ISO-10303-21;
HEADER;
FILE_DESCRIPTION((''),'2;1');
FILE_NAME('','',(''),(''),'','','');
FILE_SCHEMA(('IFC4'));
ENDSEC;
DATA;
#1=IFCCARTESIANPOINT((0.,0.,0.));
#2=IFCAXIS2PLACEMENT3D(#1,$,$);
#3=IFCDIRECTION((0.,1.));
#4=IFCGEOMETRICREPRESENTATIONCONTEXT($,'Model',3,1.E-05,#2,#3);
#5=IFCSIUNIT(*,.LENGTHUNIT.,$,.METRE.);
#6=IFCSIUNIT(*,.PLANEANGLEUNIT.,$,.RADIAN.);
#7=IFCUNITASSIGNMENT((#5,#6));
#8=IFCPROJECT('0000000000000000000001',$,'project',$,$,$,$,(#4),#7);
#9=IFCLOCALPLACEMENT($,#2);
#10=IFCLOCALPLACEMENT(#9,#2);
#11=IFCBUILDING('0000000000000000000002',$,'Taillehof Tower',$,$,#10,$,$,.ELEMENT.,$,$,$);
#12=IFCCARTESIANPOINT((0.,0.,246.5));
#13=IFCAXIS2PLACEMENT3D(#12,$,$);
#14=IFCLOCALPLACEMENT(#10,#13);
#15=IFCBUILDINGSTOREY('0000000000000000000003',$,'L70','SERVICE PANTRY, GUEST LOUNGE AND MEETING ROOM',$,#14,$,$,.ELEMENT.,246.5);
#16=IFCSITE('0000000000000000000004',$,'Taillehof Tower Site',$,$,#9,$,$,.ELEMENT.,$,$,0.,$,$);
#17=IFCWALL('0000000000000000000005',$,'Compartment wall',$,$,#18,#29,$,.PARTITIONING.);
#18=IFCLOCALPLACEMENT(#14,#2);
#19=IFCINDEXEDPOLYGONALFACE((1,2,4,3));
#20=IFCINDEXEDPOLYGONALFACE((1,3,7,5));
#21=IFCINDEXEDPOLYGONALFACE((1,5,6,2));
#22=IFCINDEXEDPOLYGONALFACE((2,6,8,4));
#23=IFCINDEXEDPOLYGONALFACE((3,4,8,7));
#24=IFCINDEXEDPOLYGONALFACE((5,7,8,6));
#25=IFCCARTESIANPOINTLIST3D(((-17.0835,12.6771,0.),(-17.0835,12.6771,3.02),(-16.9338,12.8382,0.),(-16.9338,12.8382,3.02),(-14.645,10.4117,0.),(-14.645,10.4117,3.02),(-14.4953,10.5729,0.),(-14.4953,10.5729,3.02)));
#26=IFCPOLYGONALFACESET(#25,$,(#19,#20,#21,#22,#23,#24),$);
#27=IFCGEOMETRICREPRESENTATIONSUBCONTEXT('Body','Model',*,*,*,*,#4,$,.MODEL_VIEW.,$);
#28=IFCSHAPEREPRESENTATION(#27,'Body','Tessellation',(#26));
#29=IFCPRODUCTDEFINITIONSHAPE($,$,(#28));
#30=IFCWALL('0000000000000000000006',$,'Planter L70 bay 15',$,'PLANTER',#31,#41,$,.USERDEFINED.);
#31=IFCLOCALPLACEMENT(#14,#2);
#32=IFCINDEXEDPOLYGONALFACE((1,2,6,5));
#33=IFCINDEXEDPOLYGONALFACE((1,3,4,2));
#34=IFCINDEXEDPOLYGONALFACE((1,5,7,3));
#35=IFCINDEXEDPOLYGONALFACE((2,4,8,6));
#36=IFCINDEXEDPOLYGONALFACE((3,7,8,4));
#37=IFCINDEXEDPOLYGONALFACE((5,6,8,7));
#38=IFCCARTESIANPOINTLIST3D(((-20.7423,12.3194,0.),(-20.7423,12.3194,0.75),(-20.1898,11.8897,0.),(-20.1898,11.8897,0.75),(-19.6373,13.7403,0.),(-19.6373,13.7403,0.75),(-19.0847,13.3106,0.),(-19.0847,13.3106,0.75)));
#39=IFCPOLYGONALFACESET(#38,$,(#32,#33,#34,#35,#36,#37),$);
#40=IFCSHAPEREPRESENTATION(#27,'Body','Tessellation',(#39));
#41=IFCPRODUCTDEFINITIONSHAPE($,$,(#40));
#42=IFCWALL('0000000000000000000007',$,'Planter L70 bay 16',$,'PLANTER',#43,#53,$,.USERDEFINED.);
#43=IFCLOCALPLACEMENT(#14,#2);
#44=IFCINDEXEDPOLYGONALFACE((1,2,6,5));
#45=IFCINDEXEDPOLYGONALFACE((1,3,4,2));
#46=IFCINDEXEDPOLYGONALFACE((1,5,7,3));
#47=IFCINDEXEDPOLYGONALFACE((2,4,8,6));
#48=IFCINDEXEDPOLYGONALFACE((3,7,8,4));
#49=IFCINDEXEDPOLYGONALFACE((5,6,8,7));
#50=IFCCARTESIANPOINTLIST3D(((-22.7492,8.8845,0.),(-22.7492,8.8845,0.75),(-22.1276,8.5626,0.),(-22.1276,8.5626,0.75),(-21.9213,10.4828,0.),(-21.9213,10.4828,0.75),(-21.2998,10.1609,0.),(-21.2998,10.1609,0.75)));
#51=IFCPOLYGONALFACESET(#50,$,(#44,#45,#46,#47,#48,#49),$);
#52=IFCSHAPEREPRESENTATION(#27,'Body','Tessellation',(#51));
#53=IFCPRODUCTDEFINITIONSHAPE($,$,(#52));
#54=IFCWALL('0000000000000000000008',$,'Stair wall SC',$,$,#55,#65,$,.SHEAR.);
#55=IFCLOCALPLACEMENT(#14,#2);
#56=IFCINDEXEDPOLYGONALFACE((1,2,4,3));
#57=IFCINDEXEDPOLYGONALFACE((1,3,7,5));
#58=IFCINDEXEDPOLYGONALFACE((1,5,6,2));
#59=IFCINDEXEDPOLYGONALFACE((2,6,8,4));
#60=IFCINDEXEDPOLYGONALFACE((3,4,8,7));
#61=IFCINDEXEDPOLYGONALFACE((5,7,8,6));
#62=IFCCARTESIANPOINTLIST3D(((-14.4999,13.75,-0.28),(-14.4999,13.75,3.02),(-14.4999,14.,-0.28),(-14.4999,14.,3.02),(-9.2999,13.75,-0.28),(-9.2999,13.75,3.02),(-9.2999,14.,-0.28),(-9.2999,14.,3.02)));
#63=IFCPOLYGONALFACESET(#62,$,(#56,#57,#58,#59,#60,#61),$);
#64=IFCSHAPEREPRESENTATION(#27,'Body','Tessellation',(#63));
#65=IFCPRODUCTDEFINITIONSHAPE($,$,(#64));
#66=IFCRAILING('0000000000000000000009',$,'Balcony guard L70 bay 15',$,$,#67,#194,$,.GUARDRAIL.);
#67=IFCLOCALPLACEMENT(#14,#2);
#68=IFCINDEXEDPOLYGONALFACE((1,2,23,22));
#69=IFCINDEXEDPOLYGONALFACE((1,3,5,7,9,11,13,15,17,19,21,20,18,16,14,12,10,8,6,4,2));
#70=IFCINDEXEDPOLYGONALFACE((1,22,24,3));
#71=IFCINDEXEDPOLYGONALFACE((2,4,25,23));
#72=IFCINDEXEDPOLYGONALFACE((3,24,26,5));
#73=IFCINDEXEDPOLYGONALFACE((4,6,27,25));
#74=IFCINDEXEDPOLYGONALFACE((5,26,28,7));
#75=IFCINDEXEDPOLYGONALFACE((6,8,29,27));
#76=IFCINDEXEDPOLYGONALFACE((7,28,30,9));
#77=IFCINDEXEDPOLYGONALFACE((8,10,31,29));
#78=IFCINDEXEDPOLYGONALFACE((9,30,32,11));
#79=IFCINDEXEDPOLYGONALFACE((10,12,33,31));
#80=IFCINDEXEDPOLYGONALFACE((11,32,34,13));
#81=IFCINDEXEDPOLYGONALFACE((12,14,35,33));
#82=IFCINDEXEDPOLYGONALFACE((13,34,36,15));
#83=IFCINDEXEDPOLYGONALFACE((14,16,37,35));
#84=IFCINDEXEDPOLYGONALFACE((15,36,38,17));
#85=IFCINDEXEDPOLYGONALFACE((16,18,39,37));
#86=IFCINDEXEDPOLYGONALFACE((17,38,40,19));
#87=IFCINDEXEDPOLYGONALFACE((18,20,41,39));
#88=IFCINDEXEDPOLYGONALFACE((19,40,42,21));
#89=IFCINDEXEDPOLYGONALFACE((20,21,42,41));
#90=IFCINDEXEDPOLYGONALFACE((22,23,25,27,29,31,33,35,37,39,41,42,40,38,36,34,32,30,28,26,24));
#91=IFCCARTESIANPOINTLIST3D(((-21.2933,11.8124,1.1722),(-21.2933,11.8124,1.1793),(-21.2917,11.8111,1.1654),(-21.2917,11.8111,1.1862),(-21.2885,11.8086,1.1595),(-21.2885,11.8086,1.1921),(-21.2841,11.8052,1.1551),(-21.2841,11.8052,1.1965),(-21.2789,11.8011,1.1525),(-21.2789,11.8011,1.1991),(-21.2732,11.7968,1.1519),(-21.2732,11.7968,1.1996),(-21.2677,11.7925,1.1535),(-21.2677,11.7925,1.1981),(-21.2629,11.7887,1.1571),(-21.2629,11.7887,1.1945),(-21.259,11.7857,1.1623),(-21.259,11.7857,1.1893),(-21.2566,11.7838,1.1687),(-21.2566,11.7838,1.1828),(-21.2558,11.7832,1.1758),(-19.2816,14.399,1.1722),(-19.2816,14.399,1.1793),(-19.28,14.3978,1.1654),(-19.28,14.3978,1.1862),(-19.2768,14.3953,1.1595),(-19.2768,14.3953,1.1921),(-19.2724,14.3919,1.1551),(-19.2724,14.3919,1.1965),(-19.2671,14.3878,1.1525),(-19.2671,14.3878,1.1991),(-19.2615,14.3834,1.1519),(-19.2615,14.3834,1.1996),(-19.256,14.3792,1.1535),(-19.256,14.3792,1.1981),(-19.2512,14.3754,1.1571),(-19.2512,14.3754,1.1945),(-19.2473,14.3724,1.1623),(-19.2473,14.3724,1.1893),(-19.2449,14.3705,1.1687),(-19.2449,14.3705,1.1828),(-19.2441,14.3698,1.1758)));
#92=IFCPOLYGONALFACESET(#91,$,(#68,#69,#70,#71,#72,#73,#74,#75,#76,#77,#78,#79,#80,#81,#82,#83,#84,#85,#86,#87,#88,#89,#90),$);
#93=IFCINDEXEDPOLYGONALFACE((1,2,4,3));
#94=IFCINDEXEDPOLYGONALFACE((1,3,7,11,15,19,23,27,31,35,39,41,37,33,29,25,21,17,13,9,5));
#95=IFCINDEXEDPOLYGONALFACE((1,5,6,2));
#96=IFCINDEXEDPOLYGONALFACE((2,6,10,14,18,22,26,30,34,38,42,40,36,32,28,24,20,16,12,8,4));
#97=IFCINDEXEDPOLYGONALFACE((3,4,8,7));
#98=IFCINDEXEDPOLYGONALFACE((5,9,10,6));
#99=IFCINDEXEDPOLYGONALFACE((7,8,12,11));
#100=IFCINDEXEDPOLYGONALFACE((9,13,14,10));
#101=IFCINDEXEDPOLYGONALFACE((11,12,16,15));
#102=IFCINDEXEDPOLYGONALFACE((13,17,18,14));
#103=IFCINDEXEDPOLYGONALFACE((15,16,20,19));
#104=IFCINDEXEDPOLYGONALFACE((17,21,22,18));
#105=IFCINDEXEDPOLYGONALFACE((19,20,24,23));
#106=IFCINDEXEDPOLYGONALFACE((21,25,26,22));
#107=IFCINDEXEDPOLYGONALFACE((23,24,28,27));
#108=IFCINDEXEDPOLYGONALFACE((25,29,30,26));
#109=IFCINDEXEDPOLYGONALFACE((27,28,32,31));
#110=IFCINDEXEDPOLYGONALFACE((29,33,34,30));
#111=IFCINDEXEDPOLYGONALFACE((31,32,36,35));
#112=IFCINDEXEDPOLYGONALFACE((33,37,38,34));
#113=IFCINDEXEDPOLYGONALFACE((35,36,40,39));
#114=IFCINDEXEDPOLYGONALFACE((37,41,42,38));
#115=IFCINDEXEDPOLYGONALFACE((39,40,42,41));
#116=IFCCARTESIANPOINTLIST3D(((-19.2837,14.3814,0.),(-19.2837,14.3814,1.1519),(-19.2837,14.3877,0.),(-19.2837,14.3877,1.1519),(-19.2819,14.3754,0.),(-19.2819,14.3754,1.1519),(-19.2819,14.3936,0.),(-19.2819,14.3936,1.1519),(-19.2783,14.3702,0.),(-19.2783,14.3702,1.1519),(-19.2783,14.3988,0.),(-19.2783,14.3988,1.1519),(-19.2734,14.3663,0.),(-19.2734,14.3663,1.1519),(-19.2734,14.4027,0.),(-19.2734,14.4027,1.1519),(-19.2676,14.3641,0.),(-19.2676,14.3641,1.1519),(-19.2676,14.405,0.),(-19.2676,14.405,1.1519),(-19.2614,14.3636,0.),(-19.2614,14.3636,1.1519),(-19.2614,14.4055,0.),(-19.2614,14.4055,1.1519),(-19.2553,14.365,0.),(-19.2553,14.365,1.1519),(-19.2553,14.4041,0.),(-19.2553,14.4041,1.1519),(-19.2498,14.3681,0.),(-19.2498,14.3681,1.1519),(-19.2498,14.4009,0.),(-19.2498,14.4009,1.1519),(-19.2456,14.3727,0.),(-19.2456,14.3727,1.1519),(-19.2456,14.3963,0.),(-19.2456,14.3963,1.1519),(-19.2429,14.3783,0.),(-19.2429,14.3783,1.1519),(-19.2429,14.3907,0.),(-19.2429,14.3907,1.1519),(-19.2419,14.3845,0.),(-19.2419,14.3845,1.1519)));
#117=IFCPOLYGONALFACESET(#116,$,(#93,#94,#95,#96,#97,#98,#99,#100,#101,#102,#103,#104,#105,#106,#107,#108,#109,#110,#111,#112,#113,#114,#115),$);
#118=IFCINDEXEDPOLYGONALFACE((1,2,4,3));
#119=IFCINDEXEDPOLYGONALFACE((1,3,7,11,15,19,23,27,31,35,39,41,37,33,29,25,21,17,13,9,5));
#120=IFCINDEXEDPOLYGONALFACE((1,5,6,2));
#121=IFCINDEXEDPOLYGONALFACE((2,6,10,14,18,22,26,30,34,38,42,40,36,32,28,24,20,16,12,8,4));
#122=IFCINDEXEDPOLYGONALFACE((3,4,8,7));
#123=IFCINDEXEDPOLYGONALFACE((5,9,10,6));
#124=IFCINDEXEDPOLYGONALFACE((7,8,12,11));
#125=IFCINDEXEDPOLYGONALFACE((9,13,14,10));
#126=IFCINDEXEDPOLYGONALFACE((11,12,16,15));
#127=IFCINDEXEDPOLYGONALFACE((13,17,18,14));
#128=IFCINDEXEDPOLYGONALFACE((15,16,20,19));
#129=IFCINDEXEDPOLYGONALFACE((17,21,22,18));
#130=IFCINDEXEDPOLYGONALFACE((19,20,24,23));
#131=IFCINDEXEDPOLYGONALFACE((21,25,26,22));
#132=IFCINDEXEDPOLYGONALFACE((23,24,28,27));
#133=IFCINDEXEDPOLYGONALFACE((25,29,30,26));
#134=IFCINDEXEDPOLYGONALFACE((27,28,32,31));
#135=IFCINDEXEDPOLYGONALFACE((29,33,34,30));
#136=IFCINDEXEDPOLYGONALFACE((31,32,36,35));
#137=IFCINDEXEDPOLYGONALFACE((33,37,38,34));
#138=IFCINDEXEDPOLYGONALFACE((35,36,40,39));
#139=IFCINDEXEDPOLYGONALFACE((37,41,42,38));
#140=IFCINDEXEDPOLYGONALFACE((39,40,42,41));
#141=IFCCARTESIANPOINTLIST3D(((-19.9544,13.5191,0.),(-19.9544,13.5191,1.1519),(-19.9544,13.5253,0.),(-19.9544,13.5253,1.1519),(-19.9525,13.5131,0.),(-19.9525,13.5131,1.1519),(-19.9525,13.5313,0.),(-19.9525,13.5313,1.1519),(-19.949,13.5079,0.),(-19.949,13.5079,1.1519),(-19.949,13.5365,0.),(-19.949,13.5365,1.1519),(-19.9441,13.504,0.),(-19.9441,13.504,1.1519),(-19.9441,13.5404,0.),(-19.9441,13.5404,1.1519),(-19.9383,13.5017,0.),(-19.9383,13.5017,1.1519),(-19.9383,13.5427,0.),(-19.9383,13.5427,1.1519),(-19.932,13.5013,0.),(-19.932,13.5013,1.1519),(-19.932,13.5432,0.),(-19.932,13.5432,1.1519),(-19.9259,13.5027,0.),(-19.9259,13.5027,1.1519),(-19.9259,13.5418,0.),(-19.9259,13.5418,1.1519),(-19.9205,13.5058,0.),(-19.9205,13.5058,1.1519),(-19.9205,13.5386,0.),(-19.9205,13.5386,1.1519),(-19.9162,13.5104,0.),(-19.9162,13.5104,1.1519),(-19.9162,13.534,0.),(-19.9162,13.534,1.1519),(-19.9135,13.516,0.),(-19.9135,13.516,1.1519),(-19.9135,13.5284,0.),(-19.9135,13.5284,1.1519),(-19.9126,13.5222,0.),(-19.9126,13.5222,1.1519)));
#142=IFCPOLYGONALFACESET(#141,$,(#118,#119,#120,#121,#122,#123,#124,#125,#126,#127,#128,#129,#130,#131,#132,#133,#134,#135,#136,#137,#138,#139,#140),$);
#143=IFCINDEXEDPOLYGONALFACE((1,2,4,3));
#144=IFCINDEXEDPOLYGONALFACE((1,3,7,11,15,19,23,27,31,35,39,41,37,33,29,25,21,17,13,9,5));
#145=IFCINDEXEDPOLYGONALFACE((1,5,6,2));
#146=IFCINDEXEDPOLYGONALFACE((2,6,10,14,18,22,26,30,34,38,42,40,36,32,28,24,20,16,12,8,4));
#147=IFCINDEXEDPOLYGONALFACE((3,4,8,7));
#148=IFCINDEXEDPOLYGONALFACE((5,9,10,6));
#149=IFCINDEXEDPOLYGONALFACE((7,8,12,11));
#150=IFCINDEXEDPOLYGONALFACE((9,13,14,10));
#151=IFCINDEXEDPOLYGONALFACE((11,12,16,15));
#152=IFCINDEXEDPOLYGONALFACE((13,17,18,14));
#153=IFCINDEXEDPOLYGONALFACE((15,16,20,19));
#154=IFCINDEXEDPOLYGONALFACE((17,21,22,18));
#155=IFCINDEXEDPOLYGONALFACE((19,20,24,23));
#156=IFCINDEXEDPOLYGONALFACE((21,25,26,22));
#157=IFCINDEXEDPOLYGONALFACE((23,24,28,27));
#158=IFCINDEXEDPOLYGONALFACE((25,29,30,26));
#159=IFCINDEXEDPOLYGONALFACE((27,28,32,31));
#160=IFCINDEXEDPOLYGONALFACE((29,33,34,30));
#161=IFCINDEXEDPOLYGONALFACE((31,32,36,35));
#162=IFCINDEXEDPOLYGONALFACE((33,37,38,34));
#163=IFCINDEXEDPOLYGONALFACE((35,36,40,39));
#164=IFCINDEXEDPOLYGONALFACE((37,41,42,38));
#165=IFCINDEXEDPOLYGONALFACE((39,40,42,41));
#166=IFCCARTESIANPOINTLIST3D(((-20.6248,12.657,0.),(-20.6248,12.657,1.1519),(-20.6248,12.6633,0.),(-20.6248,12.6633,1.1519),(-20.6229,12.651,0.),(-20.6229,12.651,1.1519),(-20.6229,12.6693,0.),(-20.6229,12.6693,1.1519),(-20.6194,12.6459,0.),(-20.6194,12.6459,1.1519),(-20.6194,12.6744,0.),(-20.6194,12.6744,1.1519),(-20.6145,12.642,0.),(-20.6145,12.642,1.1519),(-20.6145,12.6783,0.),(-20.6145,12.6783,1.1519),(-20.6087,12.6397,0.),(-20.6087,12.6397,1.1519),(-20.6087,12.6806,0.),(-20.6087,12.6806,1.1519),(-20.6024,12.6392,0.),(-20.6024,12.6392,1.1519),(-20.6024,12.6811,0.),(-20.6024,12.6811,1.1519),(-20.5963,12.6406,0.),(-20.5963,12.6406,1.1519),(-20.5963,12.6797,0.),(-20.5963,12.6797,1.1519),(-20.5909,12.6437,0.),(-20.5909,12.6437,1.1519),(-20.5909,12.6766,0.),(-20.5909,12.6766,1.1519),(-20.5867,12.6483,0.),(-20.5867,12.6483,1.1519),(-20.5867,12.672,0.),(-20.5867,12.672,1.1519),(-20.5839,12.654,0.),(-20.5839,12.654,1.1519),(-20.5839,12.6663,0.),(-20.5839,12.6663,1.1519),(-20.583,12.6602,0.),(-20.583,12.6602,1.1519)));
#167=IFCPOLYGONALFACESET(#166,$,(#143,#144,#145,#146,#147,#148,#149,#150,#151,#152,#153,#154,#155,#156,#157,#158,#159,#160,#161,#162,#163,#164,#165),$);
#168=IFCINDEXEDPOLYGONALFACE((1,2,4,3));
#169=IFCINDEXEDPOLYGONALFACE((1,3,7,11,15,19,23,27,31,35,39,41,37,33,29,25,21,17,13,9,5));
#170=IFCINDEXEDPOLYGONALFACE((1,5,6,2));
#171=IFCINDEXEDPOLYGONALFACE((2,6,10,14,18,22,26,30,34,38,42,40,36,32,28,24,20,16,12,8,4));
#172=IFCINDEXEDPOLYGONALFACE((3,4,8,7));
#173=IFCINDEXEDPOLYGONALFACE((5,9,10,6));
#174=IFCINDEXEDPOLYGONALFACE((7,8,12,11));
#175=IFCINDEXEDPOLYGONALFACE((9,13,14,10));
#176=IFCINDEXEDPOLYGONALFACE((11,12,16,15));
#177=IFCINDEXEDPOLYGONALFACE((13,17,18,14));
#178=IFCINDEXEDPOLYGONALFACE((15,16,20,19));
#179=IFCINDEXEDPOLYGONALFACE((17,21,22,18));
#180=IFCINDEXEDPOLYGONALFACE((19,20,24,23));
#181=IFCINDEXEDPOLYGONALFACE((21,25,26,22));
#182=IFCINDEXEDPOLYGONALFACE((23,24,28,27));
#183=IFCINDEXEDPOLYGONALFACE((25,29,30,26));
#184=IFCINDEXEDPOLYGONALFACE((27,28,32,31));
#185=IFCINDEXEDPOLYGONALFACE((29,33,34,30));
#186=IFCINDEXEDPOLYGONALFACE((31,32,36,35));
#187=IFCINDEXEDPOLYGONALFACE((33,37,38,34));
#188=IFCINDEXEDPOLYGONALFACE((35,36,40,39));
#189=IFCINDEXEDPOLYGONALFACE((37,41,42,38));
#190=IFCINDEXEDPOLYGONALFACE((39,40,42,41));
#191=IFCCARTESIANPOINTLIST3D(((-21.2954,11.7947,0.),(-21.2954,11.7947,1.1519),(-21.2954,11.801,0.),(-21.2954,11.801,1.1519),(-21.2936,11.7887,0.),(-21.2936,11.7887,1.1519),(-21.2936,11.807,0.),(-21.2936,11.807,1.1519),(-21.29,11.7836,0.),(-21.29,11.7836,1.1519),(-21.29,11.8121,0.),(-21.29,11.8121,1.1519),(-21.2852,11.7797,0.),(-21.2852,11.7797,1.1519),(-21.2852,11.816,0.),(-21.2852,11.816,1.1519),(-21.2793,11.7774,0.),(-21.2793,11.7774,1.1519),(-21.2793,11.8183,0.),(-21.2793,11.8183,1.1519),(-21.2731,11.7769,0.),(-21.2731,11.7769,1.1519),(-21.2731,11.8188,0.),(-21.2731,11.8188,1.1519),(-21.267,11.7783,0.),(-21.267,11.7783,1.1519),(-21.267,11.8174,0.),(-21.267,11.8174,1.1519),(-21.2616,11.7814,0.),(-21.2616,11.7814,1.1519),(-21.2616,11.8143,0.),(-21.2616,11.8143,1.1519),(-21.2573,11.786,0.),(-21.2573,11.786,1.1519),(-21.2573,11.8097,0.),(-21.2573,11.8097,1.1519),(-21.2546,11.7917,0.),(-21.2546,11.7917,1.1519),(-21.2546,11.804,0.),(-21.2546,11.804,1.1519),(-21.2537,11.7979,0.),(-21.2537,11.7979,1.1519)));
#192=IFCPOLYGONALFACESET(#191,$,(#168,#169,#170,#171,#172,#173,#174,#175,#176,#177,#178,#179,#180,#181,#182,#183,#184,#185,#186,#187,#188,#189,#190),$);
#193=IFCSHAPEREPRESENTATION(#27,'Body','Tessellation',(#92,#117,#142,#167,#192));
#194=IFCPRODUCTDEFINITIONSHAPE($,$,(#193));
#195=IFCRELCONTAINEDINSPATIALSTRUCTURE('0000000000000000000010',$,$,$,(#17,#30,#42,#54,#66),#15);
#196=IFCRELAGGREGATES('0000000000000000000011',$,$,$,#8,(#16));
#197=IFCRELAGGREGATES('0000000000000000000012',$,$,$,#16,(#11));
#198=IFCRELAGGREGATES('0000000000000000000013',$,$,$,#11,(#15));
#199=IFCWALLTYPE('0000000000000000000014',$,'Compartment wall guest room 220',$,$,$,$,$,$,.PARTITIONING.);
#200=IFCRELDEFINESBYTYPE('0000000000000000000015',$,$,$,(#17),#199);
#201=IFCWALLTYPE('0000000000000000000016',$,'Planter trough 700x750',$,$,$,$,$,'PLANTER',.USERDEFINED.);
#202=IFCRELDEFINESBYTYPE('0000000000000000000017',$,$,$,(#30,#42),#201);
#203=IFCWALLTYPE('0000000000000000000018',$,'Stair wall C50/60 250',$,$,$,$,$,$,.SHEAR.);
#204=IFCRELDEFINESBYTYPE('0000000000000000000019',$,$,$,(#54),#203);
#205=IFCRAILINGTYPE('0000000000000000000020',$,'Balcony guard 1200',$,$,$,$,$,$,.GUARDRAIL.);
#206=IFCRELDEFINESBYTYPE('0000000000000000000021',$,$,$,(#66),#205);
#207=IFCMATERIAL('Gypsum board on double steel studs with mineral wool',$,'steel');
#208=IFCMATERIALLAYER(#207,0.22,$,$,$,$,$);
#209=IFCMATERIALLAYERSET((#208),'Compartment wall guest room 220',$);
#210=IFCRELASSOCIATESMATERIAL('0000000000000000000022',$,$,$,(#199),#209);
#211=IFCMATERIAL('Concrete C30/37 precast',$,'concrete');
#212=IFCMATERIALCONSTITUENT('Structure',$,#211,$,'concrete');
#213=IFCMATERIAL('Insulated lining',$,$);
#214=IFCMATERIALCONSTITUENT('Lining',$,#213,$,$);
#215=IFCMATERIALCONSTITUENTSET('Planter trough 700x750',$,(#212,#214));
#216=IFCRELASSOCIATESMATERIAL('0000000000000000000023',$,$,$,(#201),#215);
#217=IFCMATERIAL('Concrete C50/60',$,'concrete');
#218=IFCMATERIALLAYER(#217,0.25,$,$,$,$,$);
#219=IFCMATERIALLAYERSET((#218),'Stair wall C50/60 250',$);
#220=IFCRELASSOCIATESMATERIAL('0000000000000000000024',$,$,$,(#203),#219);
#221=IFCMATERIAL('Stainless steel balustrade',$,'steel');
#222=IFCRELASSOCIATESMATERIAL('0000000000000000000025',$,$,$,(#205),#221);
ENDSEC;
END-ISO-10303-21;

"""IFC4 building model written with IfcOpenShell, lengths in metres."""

from ifc_helpers import new_model, si_unit, direction, frame, frame_2d, origin, origin_2d, place, context, subcontext, project, spatial, rectangle, circle, extrude, material, layer, layer_set, constituent, constituent_set, type_object, element, save


model = new_model("IFC4")

# Units and contexts
model_context = context("Model", 3, precision=1e-05, world=origin(), true_north=direction((0.0, 1.0)))
body_context = subcontext(model_context, "Body", "Model", "MODEL_VIEW")
ifc_project = project(units=[si_unit("LENGTHUNIT", "METRE"), si_unit("PLANEANGLEUNIT", "RADIAN")], contexts=[model_context])

# Site, building, storey
site_placement = place(None, origin())
site = spatial("IfcSite", under=ifc_project, at=site_placement, Name="Taillehof Tower Site", CompositionType="ELEMENT", RefElevation=0.0)
building_placement = place(site_placement, origin())
building = spatial("IfcBuilding", under=site, at=building_placement, Name="Taillehof Tower", CompositionType="ELEMENT")
storey_placement = place(building_placement, frame((0.0, 0.0, 246.5)))
storey = spatial("IfcBuildingStorey", under=building, at=storey_placement, Name="L70", Description="SERVICE PANTRY, GUEST LOUNGE AND MEETING ROOM", CompositionType="ELEMENT", Elevation=246.5)

# Walls
ifc_material_1 = material(Name="Gypsum board on double steel studs with mineral wool", Category="steel")
ifc_layer_1 = layer(ifc_material_1, 0.22)
ifc_layer_set_1 = layer_set([ifc_layer_1], Name="Compartment wall guest room 220")
wall_type_1 = type_object("IfcWallType", Name="Compartment wall guest room 220", PredefinedType="PARTITIONING", material=ifc_layer_set_1)
wall_1_placement = place(storey_placement, frame((-17.0085, 12.7576, 0.0), z_axis=(0.0, 0.0, 1.0), x_axis=(0.732631, -0.680626, 0.0)))
element("IfcWall", 1, at=wall_1_placement, inside=storey, type_object=wall_type_1, Name="Compartment wall", PredefinedType="PARTITIONING", context=body_context, shape_type="SweptSolid", body=[
    extrude(rectangle(XDim=3.3284, YDim=0.22, at=frame_2d((1.6641, 0.0))), origin(), (0.0, 0.0, 1.0), 3.02),
])
ifc_material_2 = material(Name="Concrete C30/37 precast", Category="concrete")
ifc_constituent_1 = constituent(ifc_material_2, Name="Structure", Category="concrete")
ifc_material_3 = material(Name="Insulated lining")
ifc_constituent_2 = constituent(ifc_material_3, Name="Lining")
ifc_constituent_set = constituent_set(constituents=[ifc_constituent_1, ifc_constituent_2], Name="Planter trough 700x750")
wall_type_2 = type_object("IfcWallType", Name="Planter trough 700x750", ElementType="PLANTER", PredefinedType="USERDEFINED", material=ifc_constituent_set)
for number, where, z_axis, x_axis, name in (
    (2, (-19.3611, 13.5254, 0.0), (0.0, 0.0, 1.0), (-0.613884, -0.789396, 0.0), "Planter L70 bay 15"),
    (3, (-21.6106, 10.3218, 0.0), (0.0, 0.0, 1.0), (-0.459917, -0.887962, 0.0), "Planter L70 bay 16"),
):
    element("IfcWall", number, at=place(storey_placement, frame(where, z_axis=z_axis, x_axis=x_axis)), inside=storey, type_object=wall_type_2, Name=name, ObjectType="PLANTER", PredefinedType="USERDEFINED", context=body_context, shape_type="SweptSolid", body=[
        extrude(rectangle(XDim=1.8, YDim=0.7, at=frame_2d((0.8999, 0.0))), origin(), (0.0, 0.0, 1.0), 0.75),
    ])
ifc_material_4 = material(Name="Concrete C50/60", Category="concrete")
ifc_layer_2 = layer(ifc_material_4, 0.25)
ifc_layer_set_2 = layer_set([ifc_layer_2], Name="Stair wall C50/60 250")
wall_type_3 = type_object("IfcWallType", Name="Stair wall C50/60 250", PredefinedType="SHEAR", material=ifc_layer_set_2)
wall_2_placement = place(storey_placement, frame((-14.5, 13.875, -0.28), z_axis=(0.0, 0.0, 1.0), x_axis=(1.0, 0.0, 0.0)))
element("IfcWall", 4, at=wall_2_placement, inside=storey, type_object=wall_type_3, Name="Stair wall SC", PredefinedType="SHEAR", context=body_context, shape_type="SweptSolid", body=[
    extrude(rectangle(XDim=5.2, YDim=0.25, at=frame_2d((2.6001, 0.0))), origin(), (0.0, 0.0, 1.0), 3.3),
])

# Railing
ifc_material_5 = material(Name="Stainless steel balustrade", Category="steel")
railing_type = type_object("IfcRailingType", Name="Balcony guard 1200", PredefinedType="GUARDRAIL", material=ifc_material_5)
railing_1_placement = place(storey_placement, frame((-19.2629, 14.3845, 0.0)))
element("IfcRailing", 5, at=railing_1_placement, inside=storey, type_object=railing_type, Name="Balcony guard L70 bay 15", PredefinedType="GUARDRAIL", context=body_context, shape_type="SweptSolid", body=[
    extrude(circle(Radius=0.0239, at=origin_2d()), frame((0.0, 0.0, 1.1758), z_axis=(-0.613915, -0.789372, 0.0), x_axis=(0.789372, -0.613915, 0.0)), (0.0, 0.0, 1.0), 3.2769),
    extrude(circle(Radius=0.021, at=origin_2d()), origin(), (0.0, 0.0, 1.0), 1.1519),
    extrude(circle(Radius=0.021, at=origin_2d()), frame((-0.6707, -0.8623, 0.0)), (0.0, 0.0, 1.0), 1.1519),
    extrude(circle(Radius=0.021, at=origin_2d()), frame((-1.3411, -1.7244, 0.0)), (0.0, 0.0, 1.0), 1.1519),
    extrude(circle(Radius=0.021, at=origin_2d()), frame((-2.0117, -2.5867, 0.0)), (0.0, 0.0, 1.0), 1.1519),
])

save(model, "model.ifc")
